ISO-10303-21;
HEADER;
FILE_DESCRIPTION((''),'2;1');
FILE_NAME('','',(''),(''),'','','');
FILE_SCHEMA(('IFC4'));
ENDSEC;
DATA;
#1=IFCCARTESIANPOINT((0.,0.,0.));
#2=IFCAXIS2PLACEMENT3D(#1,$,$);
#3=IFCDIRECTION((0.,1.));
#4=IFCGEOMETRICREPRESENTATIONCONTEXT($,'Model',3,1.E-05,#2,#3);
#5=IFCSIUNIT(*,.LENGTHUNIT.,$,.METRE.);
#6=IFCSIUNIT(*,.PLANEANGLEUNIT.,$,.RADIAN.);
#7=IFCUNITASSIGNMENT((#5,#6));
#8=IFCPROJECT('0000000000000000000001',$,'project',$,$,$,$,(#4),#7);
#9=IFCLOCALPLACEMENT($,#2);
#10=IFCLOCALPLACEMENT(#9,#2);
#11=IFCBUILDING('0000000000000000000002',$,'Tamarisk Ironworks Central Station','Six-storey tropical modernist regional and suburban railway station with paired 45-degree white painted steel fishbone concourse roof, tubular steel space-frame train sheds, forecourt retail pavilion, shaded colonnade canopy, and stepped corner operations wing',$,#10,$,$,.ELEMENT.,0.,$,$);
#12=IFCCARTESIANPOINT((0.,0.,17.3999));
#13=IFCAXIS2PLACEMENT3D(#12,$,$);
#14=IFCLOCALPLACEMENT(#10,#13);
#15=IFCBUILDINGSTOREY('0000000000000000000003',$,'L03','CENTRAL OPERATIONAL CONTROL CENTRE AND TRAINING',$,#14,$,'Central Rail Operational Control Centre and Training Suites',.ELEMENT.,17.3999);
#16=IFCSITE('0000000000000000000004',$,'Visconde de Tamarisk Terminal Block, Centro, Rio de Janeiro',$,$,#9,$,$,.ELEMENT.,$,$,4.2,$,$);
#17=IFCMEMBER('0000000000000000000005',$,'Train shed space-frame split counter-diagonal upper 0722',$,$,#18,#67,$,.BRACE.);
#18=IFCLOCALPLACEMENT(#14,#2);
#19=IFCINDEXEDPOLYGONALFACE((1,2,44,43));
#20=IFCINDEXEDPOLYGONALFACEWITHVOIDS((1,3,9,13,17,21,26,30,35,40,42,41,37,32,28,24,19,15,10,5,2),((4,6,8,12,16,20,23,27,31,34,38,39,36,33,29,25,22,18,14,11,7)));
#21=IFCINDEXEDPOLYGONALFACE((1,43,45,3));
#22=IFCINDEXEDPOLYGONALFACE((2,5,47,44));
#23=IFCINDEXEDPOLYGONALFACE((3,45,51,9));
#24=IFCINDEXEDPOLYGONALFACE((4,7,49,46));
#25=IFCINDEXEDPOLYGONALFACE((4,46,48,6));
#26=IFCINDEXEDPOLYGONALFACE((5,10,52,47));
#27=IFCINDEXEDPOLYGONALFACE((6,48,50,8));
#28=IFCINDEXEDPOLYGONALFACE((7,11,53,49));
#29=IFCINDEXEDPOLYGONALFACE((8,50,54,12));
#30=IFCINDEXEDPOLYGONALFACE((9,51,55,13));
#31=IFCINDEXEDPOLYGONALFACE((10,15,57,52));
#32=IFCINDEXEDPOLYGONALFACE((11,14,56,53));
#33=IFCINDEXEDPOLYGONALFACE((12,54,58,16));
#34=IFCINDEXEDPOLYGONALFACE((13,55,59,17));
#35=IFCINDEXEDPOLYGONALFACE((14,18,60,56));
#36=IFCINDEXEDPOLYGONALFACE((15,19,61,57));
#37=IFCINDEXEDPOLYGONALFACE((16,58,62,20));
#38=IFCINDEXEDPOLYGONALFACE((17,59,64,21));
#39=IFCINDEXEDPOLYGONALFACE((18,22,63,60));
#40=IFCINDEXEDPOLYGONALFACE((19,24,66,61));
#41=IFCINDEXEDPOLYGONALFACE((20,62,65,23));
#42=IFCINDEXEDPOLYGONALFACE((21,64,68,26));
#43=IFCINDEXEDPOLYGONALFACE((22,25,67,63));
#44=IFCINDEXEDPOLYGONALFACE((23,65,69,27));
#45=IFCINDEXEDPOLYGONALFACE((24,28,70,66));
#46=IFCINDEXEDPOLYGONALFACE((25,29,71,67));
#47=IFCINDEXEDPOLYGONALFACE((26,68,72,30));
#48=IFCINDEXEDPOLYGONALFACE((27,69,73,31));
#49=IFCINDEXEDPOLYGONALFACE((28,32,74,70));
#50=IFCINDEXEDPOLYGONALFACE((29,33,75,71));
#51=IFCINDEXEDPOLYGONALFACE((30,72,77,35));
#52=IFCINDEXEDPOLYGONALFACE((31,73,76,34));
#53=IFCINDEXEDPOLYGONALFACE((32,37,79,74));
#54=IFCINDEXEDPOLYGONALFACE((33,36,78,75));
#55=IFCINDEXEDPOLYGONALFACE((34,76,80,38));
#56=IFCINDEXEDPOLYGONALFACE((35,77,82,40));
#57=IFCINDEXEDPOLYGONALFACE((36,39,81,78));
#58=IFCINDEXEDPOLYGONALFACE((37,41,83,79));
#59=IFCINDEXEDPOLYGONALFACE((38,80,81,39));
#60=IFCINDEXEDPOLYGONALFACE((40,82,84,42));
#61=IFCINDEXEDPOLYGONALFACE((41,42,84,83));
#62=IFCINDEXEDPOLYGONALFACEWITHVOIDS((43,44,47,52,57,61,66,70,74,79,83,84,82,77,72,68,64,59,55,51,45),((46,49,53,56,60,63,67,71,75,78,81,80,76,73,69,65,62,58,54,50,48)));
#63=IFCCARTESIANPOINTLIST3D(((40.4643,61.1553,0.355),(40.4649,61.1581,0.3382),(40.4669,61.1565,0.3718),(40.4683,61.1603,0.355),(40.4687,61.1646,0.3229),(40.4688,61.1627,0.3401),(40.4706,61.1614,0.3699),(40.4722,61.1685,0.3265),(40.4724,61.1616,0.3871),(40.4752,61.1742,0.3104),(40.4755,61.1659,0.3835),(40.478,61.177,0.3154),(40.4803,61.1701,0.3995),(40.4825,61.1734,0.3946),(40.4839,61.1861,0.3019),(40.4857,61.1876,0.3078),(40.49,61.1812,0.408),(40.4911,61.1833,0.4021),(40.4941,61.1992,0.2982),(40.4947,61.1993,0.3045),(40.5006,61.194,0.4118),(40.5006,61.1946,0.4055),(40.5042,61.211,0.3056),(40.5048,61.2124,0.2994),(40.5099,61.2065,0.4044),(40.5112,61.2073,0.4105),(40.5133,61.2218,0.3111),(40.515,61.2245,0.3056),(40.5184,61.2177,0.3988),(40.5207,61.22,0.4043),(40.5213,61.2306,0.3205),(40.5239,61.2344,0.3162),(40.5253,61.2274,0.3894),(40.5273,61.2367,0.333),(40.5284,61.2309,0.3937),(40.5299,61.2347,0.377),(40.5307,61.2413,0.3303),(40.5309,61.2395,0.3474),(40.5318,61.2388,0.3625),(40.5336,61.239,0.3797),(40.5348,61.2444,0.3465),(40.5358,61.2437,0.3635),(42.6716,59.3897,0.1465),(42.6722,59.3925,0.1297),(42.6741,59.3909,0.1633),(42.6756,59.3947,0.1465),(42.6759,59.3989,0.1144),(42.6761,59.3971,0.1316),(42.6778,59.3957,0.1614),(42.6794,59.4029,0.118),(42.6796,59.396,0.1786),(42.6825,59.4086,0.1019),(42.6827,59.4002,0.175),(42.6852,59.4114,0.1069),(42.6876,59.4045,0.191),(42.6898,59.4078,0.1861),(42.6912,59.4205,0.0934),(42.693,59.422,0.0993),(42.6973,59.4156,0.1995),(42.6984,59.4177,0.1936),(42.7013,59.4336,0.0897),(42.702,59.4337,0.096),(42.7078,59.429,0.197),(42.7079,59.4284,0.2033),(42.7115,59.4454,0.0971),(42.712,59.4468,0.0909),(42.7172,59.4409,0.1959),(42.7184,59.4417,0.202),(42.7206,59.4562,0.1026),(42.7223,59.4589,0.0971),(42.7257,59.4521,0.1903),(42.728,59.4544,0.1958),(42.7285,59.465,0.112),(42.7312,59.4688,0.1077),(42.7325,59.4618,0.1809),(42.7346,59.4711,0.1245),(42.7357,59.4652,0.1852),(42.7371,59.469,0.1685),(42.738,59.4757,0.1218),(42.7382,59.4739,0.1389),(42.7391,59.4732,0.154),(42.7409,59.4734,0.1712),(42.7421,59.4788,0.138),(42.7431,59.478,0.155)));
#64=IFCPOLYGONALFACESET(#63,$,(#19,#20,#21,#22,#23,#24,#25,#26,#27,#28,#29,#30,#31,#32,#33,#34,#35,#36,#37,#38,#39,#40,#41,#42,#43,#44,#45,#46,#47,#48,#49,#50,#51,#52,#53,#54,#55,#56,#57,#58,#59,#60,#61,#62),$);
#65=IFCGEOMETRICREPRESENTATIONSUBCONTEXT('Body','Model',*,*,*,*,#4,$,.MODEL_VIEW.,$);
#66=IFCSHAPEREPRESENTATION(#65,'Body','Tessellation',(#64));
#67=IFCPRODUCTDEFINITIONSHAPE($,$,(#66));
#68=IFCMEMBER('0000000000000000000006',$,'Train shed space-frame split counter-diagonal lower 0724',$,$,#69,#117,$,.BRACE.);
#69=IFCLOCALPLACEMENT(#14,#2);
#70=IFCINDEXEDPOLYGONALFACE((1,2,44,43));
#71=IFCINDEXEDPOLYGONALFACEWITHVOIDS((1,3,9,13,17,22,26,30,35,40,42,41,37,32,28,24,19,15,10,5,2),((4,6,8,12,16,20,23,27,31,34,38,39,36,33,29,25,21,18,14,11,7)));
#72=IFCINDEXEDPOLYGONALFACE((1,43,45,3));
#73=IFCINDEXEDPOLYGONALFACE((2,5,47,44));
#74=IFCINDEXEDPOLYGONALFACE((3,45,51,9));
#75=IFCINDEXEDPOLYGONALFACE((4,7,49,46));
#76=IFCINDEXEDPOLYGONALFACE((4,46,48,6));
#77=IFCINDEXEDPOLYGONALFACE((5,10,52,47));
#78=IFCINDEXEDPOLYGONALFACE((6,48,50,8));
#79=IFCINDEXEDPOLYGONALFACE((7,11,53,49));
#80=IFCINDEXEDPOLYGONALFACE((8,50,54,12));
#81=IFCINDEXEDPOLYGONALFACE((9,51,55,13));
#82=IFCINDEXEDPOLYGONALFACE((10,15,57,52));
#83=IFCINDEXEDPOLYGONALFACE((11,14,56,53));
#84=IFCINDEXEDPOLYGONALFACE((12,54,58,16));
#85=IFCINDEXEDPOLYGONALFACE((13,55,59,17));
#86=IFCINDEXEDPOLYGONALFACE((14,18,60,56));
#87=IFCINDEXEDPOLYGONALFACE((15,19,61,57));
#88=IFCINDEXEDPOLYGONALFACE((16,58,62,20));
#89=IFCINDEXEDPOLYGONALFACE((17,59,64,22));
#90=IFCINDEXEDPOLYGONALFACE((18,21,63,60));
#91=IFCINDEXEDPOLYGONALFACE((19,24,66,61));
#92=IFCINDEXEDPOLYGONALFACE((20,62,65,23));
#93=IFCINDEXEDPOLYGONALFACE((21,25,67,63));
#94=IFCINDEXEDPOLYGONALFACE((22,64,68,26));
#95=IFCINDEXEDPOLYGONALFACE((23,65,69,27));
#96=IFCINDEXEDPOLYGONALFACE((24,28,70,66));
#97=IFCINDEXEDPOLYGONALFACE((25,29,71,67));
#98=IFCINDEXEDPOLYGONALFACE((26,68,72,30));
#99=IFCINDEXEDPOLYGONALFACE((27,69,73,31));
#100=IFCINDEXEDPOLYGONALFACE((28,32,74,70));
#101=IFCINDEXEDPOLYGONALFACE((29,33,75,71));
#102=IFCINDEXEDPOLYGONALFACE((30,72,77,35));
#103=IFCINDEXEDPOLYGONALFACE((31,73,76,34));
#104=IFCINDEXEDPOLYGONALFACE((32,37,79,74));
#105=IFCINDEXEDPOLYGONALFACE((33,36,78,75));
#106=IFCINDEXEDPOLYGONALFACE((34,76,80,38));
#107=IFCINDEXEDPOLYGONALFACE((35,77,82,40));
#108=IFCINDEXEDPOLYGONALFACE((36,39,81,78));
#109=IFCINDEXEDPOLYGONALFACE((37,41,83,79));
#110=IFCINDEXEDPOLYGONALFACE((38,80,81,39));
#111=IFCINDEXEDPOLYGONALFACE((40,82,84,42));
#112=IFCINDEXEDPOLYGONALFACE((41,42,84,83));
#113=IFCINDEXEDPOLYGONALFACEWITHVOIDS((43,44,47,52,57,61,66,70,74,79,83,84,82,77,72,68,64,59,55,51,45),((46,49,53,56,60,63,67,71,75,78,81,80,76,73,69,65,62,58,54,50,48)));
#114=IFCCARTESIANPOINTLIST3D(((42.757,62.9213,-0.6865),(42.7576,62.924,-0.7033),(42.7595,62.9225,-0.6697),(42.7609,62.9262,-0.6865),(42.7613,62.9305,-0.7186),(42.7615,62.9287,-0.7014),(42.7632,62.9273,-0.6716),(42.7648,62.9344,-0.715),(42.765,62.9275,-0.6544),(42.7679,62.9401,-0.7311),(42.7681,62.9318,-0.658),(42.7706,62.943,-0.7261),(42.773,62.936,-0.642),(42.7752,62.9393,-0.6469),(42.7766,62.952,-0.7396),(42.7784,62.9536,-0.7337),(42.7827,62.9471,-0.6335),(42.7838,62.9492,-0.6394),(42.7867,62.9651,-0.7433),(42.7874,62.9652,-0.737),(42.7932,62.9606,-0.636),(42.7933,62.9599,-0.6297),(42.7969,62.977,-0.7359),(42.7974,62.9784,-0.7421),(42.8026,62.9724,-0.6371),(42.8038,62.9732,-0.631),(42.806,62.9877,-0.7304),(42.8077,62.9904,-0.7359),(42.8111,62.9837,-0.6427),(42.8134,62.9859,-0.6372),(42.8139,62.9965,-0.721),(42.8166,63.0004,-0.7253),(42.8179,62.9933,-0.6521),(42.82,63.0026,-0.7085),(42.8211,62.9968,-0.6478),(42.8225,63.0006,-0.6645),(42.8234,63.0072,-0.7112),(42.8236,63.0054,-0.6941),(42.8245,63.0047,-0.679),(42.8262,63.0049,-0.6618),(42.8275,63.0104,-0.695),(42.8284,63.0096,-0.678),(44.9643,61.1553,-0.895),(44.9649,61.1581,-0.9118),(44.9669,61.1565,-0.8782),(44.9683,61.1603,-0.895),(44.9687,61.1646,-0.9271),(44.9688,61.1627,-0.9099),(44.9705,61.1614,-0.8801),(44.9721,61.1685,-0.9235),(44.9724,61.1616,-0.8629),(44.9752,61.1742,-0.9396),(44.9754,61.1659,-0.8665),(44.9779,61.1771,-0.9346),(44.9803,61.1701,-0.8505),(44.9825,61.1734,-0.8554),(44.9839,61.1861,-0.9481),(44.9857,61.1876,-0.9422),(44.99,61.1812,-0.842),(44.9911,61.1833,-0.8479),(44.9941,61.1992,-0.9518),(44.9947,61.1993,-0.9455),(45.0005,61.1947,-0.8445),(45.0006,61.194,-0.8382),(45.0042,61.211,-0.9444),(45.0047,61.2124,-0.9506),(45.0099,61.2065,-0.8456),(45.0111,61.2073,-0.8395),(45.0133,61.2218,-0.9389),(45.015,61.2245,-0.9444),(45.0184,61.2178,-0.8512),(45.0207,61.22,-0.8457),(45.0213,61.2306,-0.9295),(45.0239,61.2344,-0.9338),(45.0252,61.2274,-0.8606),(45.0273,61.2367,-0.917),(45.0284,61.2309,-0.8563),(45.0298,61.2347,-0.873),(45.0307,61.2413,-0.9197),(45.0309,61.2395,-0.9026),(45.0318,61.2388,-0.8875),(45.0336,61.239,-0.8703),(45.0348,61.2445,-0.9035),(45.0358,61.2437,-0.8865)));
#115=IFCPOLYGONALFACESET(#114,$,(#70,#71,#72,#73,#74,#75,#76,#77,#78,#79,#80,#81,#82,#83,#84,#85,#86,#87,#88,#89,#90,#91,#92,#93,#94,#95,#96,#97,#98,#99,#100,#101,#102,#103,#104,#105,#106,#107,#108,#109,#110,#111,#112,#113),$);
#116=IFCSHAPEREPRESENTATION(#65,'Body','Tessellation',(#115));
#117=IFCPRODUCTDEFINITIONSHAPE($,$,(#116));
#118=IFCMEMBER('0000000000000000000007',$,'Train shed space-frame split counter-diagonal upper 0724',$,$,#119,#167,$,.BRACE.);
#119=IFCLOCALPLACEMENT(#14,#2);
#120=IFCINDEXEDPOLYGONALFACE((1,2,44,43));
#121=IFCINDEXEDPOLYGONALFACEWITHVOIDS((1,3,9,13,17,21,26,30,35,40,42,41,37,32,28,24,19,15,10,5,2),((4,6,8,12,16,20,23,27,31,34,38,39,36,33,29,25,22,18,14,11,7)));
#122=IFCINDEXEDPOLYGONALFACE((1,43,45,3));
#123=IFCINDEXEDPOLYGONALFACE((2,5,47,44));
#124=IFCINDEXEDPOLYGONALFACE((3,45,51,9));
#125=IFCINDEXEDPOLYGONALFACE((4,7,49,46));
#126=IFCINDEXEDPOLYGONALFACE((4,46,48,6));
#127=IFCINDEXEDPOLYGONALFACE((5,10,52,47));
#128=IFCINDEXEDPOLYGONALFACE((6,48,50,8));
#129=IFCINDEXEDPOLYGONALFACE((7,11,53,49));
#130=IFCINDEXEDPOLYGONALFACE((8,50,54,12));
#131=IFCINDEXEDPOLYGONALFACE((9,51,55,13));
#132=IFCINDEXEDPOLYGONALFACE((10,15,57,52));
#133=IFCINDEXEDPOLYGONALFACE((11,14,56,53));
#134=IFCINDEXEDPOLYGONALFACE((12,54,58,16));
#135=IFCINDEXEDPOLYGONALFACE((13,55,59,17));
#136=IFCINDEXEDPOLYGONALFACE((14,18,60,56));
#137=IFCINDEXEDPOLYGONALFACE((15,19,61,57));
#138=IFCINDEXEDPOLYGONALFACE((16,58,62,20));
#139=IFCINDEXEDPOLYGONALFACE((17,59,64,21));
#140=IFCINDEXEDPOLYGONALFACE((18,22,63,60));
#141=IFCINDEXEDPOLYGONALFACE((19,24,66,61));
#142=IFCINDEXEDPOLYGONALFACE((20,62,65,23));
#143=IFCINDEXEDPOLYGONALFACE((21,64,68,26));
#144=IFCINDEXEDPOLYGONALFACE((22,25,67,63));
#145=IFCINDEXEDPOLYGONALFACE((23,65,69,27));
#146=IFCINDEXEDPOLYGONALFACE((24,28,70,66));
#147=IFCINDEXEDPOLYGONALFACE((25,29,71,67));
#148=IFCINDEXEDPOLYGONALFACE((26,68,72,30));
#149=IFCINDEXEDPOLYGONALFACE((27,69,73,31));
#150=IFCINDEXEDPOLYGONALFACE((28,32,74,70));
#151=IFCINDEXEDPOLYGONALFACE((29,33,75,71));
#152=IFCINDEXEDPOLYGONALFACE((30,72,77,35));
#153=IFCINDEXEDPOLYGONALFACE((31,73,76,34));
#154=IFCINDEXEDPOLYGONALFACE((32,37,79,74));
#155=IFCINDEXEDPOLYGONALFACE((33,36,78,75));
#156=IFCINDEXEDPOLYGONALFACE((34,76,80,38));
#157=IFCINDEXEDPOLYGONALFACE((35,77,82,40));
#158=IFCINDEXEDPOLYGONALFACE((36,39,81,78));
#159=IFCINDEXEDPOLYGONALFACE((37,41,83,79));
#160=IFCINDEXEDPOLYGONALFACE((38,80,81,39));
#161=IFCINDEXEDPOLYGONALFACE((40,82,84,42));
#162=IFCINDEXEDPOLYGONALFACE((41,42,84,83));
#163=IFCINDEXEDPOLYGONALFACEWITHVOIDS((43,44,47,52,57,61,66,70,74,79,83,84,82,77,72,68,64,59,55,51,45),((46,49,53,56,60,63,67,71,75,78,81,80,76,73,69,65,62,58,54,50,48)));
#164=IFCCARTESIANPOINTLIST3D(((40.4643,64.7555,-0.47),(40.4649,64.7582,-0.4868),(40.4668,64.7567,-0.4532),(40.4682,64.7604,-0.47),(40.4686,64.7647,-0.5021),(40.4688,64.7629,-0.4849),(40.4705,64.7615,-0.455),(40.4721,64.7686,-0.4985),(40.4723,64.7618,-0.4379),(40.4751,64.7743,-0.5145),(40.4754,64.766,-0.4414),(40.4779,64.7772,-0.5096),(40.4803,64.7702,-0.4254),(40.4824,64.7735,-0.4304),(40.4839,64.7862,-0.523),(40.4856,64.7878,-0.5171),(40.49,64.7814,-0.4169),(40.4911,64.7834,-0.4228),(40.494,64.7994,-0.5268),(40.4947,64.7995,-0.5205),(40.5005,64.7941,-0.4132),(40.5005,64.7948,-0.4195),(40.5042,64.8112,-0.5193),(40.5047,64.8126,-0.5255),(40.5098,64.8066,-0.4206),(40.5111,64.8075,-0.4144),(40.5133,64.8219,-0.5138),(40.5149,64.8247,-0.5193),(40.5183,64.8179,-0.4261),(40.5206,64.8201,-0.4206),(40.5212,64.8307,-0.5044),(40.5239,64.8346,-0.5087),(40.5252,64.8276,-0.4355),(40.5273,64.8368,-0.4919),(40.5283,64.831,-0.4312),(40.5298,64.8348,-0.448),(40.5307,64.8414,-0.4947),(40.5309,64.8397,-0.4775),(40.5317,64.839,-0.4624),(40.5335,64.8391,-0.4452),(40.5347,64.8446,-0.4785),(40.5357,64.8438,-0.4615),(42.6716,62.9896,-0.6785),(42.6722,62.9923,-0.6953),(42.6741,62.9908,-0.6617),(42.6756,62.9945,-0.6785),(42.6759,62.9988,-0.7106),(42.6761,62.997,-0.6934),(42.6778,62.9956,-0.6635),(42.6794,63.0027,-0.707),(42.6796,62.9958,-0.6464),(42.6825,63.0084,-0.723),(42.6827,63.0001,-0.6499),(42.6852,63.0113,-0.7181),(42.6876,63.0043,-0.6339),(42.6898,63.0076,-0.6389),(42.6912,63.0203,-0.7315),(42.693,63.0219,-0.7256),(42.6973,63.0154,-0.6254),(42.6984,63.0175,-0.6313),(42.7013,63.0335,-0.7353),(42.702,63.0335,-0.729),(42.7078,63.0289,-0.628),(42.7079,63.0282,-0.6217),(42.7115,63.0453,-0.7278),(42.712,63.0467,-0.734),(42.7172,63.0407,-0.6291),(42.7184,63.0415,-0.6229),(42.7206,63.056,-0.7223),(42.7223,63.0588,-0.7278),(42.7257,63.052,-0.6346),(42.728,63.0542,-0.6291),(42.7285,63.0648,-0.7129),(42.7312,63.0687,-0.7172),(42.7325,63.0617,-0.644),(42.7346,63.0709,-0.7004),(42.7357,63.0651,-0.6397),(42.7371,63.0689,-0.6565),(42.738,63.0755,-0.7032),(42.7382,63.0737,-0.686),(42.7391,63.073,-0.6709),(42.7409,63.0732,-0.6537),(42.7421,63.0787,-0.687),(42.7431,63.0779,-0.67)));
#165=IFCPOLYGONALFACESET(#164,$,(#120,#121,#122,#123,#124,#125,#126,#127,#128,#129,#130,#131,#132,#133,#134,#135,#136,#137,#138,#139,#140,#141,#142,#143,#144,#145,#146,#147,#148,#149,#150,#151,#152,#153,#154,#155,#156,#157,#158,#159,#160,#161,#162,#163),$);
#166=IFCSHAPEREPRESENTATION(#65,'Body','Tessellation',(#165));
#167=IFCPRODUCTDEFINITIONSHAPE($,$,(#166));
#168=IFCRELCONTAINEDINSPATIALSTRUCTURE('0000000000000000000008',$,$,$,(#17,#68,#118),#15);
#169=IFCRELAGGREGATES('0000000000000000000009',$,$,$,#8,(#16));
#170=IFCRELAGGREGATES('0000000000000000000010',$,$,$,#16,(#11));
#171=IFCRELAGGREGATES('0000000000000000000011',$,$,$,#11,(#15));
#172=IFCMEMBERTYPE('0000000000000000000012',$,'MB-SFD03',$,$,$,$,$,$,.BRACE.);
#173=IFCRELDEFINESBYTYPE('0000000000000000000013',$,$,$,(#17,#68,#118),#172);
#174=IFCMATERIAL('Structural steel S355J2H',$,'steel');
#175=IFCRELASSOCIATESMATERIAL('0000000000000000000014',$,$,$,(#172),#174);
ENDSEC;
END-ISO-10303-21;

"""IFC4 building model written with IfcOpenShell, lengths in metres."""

from ifc_helpers import new_model, si_unit, direction, frame, origin, origin_2d, place, context, subcontext, project, spatial, hollow_circle, extrude, material, material_profile, profile_set, type_object, element, save


model = new_model("IFC4")

# Units and contexts
model_context = context("Model", 3, precision=1e-05, world=origin(), true_north=direction((0.0, 1.0)))
body_context = subcontext(model_context, "Body", "Model", "MODEL_VIEW")
ifc_project = project(units=[si_unit("LENGTHUNIT", "METRE"), si_unit("PLANEANGLEUNIT", "RADIAN")], contexts=[model_context])

# Site, building, storey
site_placement = place(None, origin())
site = spatial("IfcSite", under=ifc_project, at=site_placement, Name="Visconde de Tamarisk Terminal Block, Centro, Rio de Janeiro", CompositionType="ELEMENT", RefElevation=4.2)
building_placement = place(site_placement, origin())
building = spatial("IfcBuilding", under=site, at=building_placement, Name="Tamarisk Ironworks Central Station", Description="Six-storey tropical modernist regional and suburban railway station with paired 45-degree white painted steel fishbone concourse roof, tubular steel space-frame train sheds, forecourt retail pavilion, shaded colonnade canopy, and stepped corner operations wing", CompositionType="ELEMENT", ElevationOfRefHeight=0.0)
storey_placement = place(building_placement, frame((0.0, 0.0, 17.3999)))
storey = spatial("IfcBuildingStorey", under=building, at=storey_placement, Name="L03", Description="CENTRAL OPERATIONAL CONTROL CENTRE AND TRAINING", LongName="Central Rail Operational Control Centre and Training Suites", CompositionType="ELEMENT", Elevation=17.3999)

# Members
ifc_material_1 = material(Name="Structural steel S355J2H", Category="steel")
ifc_material_profile_1 = material_profile(ifc_material_1, hollow_circle(Radius=0.0571, WallThickness=0.0063, at=origin_2d()), Name="CHS 114.3x6.3")
ifc_profile_set_1 = profile_set([ifc_material_profile_1], Name="Structural steel S355J2H")
member_type_1 = type_object("IfcMemberType", Name="MB-SFD03", PredefinedType="BRACE", material=ifc_profile_set_1)
for number, where, z_axis, x_axis, name in (
    (1, (42.7073, 59.4343, 0.1465), (-0.778787, 0.62296, 0.073563), (-0.624653, -0.780903, 0.0), "Train shed space-frame split counter-diagonal upper 0722"),
):
    element("IfcMember", number, at=place(storey_placement, frame(where, z_axis=z_axis, x_axis=x_axis)), inside=storey, type_object=member_type_1, Name=name, PredefinedType="BRACE", context=body_context, shape_type="SweptSolid", body=[
        extrude(hollow_circle(Radius=0.0571, WallThickness=0.0063, at=origin_2d()), origin(), (0.0, 0.0, 1.0), 2.8342),
    ])
for number, where, z_axis, x_axis, name in (
    (2, (45.0, 61.2, -0.895), (-0.778745, 0.623013, 0.073559), (-0.624706, -0.78086, 0.0), "Train shed space-frame split counter-diagonal lower 0724"),
    (3, (42.7073, 63.0342, -0.6785), (-0.778745, 0.623013, 0.073559), (-0.624706, -0.78086, 0.0), "Train shed space-frame split counter-diagonal upper 0724"),
):
    element("IfcMember", number, at=place(storey_placement, frame(where, z_axis=z_axis, x_axis=x_axis)), inside=storey, type_object=member_type_1, Name=name, PredefinedType="BRACE", context=body_context, shape_type="SweptSolid", body=[
        extrude(hollow_circle(Radius=0.0571, WallThickness=0.0063, at=origin_2d()), origin(), (0.0, 0.0, 1.0), 2.8345),
    ])

save(model, "model.ifc")
